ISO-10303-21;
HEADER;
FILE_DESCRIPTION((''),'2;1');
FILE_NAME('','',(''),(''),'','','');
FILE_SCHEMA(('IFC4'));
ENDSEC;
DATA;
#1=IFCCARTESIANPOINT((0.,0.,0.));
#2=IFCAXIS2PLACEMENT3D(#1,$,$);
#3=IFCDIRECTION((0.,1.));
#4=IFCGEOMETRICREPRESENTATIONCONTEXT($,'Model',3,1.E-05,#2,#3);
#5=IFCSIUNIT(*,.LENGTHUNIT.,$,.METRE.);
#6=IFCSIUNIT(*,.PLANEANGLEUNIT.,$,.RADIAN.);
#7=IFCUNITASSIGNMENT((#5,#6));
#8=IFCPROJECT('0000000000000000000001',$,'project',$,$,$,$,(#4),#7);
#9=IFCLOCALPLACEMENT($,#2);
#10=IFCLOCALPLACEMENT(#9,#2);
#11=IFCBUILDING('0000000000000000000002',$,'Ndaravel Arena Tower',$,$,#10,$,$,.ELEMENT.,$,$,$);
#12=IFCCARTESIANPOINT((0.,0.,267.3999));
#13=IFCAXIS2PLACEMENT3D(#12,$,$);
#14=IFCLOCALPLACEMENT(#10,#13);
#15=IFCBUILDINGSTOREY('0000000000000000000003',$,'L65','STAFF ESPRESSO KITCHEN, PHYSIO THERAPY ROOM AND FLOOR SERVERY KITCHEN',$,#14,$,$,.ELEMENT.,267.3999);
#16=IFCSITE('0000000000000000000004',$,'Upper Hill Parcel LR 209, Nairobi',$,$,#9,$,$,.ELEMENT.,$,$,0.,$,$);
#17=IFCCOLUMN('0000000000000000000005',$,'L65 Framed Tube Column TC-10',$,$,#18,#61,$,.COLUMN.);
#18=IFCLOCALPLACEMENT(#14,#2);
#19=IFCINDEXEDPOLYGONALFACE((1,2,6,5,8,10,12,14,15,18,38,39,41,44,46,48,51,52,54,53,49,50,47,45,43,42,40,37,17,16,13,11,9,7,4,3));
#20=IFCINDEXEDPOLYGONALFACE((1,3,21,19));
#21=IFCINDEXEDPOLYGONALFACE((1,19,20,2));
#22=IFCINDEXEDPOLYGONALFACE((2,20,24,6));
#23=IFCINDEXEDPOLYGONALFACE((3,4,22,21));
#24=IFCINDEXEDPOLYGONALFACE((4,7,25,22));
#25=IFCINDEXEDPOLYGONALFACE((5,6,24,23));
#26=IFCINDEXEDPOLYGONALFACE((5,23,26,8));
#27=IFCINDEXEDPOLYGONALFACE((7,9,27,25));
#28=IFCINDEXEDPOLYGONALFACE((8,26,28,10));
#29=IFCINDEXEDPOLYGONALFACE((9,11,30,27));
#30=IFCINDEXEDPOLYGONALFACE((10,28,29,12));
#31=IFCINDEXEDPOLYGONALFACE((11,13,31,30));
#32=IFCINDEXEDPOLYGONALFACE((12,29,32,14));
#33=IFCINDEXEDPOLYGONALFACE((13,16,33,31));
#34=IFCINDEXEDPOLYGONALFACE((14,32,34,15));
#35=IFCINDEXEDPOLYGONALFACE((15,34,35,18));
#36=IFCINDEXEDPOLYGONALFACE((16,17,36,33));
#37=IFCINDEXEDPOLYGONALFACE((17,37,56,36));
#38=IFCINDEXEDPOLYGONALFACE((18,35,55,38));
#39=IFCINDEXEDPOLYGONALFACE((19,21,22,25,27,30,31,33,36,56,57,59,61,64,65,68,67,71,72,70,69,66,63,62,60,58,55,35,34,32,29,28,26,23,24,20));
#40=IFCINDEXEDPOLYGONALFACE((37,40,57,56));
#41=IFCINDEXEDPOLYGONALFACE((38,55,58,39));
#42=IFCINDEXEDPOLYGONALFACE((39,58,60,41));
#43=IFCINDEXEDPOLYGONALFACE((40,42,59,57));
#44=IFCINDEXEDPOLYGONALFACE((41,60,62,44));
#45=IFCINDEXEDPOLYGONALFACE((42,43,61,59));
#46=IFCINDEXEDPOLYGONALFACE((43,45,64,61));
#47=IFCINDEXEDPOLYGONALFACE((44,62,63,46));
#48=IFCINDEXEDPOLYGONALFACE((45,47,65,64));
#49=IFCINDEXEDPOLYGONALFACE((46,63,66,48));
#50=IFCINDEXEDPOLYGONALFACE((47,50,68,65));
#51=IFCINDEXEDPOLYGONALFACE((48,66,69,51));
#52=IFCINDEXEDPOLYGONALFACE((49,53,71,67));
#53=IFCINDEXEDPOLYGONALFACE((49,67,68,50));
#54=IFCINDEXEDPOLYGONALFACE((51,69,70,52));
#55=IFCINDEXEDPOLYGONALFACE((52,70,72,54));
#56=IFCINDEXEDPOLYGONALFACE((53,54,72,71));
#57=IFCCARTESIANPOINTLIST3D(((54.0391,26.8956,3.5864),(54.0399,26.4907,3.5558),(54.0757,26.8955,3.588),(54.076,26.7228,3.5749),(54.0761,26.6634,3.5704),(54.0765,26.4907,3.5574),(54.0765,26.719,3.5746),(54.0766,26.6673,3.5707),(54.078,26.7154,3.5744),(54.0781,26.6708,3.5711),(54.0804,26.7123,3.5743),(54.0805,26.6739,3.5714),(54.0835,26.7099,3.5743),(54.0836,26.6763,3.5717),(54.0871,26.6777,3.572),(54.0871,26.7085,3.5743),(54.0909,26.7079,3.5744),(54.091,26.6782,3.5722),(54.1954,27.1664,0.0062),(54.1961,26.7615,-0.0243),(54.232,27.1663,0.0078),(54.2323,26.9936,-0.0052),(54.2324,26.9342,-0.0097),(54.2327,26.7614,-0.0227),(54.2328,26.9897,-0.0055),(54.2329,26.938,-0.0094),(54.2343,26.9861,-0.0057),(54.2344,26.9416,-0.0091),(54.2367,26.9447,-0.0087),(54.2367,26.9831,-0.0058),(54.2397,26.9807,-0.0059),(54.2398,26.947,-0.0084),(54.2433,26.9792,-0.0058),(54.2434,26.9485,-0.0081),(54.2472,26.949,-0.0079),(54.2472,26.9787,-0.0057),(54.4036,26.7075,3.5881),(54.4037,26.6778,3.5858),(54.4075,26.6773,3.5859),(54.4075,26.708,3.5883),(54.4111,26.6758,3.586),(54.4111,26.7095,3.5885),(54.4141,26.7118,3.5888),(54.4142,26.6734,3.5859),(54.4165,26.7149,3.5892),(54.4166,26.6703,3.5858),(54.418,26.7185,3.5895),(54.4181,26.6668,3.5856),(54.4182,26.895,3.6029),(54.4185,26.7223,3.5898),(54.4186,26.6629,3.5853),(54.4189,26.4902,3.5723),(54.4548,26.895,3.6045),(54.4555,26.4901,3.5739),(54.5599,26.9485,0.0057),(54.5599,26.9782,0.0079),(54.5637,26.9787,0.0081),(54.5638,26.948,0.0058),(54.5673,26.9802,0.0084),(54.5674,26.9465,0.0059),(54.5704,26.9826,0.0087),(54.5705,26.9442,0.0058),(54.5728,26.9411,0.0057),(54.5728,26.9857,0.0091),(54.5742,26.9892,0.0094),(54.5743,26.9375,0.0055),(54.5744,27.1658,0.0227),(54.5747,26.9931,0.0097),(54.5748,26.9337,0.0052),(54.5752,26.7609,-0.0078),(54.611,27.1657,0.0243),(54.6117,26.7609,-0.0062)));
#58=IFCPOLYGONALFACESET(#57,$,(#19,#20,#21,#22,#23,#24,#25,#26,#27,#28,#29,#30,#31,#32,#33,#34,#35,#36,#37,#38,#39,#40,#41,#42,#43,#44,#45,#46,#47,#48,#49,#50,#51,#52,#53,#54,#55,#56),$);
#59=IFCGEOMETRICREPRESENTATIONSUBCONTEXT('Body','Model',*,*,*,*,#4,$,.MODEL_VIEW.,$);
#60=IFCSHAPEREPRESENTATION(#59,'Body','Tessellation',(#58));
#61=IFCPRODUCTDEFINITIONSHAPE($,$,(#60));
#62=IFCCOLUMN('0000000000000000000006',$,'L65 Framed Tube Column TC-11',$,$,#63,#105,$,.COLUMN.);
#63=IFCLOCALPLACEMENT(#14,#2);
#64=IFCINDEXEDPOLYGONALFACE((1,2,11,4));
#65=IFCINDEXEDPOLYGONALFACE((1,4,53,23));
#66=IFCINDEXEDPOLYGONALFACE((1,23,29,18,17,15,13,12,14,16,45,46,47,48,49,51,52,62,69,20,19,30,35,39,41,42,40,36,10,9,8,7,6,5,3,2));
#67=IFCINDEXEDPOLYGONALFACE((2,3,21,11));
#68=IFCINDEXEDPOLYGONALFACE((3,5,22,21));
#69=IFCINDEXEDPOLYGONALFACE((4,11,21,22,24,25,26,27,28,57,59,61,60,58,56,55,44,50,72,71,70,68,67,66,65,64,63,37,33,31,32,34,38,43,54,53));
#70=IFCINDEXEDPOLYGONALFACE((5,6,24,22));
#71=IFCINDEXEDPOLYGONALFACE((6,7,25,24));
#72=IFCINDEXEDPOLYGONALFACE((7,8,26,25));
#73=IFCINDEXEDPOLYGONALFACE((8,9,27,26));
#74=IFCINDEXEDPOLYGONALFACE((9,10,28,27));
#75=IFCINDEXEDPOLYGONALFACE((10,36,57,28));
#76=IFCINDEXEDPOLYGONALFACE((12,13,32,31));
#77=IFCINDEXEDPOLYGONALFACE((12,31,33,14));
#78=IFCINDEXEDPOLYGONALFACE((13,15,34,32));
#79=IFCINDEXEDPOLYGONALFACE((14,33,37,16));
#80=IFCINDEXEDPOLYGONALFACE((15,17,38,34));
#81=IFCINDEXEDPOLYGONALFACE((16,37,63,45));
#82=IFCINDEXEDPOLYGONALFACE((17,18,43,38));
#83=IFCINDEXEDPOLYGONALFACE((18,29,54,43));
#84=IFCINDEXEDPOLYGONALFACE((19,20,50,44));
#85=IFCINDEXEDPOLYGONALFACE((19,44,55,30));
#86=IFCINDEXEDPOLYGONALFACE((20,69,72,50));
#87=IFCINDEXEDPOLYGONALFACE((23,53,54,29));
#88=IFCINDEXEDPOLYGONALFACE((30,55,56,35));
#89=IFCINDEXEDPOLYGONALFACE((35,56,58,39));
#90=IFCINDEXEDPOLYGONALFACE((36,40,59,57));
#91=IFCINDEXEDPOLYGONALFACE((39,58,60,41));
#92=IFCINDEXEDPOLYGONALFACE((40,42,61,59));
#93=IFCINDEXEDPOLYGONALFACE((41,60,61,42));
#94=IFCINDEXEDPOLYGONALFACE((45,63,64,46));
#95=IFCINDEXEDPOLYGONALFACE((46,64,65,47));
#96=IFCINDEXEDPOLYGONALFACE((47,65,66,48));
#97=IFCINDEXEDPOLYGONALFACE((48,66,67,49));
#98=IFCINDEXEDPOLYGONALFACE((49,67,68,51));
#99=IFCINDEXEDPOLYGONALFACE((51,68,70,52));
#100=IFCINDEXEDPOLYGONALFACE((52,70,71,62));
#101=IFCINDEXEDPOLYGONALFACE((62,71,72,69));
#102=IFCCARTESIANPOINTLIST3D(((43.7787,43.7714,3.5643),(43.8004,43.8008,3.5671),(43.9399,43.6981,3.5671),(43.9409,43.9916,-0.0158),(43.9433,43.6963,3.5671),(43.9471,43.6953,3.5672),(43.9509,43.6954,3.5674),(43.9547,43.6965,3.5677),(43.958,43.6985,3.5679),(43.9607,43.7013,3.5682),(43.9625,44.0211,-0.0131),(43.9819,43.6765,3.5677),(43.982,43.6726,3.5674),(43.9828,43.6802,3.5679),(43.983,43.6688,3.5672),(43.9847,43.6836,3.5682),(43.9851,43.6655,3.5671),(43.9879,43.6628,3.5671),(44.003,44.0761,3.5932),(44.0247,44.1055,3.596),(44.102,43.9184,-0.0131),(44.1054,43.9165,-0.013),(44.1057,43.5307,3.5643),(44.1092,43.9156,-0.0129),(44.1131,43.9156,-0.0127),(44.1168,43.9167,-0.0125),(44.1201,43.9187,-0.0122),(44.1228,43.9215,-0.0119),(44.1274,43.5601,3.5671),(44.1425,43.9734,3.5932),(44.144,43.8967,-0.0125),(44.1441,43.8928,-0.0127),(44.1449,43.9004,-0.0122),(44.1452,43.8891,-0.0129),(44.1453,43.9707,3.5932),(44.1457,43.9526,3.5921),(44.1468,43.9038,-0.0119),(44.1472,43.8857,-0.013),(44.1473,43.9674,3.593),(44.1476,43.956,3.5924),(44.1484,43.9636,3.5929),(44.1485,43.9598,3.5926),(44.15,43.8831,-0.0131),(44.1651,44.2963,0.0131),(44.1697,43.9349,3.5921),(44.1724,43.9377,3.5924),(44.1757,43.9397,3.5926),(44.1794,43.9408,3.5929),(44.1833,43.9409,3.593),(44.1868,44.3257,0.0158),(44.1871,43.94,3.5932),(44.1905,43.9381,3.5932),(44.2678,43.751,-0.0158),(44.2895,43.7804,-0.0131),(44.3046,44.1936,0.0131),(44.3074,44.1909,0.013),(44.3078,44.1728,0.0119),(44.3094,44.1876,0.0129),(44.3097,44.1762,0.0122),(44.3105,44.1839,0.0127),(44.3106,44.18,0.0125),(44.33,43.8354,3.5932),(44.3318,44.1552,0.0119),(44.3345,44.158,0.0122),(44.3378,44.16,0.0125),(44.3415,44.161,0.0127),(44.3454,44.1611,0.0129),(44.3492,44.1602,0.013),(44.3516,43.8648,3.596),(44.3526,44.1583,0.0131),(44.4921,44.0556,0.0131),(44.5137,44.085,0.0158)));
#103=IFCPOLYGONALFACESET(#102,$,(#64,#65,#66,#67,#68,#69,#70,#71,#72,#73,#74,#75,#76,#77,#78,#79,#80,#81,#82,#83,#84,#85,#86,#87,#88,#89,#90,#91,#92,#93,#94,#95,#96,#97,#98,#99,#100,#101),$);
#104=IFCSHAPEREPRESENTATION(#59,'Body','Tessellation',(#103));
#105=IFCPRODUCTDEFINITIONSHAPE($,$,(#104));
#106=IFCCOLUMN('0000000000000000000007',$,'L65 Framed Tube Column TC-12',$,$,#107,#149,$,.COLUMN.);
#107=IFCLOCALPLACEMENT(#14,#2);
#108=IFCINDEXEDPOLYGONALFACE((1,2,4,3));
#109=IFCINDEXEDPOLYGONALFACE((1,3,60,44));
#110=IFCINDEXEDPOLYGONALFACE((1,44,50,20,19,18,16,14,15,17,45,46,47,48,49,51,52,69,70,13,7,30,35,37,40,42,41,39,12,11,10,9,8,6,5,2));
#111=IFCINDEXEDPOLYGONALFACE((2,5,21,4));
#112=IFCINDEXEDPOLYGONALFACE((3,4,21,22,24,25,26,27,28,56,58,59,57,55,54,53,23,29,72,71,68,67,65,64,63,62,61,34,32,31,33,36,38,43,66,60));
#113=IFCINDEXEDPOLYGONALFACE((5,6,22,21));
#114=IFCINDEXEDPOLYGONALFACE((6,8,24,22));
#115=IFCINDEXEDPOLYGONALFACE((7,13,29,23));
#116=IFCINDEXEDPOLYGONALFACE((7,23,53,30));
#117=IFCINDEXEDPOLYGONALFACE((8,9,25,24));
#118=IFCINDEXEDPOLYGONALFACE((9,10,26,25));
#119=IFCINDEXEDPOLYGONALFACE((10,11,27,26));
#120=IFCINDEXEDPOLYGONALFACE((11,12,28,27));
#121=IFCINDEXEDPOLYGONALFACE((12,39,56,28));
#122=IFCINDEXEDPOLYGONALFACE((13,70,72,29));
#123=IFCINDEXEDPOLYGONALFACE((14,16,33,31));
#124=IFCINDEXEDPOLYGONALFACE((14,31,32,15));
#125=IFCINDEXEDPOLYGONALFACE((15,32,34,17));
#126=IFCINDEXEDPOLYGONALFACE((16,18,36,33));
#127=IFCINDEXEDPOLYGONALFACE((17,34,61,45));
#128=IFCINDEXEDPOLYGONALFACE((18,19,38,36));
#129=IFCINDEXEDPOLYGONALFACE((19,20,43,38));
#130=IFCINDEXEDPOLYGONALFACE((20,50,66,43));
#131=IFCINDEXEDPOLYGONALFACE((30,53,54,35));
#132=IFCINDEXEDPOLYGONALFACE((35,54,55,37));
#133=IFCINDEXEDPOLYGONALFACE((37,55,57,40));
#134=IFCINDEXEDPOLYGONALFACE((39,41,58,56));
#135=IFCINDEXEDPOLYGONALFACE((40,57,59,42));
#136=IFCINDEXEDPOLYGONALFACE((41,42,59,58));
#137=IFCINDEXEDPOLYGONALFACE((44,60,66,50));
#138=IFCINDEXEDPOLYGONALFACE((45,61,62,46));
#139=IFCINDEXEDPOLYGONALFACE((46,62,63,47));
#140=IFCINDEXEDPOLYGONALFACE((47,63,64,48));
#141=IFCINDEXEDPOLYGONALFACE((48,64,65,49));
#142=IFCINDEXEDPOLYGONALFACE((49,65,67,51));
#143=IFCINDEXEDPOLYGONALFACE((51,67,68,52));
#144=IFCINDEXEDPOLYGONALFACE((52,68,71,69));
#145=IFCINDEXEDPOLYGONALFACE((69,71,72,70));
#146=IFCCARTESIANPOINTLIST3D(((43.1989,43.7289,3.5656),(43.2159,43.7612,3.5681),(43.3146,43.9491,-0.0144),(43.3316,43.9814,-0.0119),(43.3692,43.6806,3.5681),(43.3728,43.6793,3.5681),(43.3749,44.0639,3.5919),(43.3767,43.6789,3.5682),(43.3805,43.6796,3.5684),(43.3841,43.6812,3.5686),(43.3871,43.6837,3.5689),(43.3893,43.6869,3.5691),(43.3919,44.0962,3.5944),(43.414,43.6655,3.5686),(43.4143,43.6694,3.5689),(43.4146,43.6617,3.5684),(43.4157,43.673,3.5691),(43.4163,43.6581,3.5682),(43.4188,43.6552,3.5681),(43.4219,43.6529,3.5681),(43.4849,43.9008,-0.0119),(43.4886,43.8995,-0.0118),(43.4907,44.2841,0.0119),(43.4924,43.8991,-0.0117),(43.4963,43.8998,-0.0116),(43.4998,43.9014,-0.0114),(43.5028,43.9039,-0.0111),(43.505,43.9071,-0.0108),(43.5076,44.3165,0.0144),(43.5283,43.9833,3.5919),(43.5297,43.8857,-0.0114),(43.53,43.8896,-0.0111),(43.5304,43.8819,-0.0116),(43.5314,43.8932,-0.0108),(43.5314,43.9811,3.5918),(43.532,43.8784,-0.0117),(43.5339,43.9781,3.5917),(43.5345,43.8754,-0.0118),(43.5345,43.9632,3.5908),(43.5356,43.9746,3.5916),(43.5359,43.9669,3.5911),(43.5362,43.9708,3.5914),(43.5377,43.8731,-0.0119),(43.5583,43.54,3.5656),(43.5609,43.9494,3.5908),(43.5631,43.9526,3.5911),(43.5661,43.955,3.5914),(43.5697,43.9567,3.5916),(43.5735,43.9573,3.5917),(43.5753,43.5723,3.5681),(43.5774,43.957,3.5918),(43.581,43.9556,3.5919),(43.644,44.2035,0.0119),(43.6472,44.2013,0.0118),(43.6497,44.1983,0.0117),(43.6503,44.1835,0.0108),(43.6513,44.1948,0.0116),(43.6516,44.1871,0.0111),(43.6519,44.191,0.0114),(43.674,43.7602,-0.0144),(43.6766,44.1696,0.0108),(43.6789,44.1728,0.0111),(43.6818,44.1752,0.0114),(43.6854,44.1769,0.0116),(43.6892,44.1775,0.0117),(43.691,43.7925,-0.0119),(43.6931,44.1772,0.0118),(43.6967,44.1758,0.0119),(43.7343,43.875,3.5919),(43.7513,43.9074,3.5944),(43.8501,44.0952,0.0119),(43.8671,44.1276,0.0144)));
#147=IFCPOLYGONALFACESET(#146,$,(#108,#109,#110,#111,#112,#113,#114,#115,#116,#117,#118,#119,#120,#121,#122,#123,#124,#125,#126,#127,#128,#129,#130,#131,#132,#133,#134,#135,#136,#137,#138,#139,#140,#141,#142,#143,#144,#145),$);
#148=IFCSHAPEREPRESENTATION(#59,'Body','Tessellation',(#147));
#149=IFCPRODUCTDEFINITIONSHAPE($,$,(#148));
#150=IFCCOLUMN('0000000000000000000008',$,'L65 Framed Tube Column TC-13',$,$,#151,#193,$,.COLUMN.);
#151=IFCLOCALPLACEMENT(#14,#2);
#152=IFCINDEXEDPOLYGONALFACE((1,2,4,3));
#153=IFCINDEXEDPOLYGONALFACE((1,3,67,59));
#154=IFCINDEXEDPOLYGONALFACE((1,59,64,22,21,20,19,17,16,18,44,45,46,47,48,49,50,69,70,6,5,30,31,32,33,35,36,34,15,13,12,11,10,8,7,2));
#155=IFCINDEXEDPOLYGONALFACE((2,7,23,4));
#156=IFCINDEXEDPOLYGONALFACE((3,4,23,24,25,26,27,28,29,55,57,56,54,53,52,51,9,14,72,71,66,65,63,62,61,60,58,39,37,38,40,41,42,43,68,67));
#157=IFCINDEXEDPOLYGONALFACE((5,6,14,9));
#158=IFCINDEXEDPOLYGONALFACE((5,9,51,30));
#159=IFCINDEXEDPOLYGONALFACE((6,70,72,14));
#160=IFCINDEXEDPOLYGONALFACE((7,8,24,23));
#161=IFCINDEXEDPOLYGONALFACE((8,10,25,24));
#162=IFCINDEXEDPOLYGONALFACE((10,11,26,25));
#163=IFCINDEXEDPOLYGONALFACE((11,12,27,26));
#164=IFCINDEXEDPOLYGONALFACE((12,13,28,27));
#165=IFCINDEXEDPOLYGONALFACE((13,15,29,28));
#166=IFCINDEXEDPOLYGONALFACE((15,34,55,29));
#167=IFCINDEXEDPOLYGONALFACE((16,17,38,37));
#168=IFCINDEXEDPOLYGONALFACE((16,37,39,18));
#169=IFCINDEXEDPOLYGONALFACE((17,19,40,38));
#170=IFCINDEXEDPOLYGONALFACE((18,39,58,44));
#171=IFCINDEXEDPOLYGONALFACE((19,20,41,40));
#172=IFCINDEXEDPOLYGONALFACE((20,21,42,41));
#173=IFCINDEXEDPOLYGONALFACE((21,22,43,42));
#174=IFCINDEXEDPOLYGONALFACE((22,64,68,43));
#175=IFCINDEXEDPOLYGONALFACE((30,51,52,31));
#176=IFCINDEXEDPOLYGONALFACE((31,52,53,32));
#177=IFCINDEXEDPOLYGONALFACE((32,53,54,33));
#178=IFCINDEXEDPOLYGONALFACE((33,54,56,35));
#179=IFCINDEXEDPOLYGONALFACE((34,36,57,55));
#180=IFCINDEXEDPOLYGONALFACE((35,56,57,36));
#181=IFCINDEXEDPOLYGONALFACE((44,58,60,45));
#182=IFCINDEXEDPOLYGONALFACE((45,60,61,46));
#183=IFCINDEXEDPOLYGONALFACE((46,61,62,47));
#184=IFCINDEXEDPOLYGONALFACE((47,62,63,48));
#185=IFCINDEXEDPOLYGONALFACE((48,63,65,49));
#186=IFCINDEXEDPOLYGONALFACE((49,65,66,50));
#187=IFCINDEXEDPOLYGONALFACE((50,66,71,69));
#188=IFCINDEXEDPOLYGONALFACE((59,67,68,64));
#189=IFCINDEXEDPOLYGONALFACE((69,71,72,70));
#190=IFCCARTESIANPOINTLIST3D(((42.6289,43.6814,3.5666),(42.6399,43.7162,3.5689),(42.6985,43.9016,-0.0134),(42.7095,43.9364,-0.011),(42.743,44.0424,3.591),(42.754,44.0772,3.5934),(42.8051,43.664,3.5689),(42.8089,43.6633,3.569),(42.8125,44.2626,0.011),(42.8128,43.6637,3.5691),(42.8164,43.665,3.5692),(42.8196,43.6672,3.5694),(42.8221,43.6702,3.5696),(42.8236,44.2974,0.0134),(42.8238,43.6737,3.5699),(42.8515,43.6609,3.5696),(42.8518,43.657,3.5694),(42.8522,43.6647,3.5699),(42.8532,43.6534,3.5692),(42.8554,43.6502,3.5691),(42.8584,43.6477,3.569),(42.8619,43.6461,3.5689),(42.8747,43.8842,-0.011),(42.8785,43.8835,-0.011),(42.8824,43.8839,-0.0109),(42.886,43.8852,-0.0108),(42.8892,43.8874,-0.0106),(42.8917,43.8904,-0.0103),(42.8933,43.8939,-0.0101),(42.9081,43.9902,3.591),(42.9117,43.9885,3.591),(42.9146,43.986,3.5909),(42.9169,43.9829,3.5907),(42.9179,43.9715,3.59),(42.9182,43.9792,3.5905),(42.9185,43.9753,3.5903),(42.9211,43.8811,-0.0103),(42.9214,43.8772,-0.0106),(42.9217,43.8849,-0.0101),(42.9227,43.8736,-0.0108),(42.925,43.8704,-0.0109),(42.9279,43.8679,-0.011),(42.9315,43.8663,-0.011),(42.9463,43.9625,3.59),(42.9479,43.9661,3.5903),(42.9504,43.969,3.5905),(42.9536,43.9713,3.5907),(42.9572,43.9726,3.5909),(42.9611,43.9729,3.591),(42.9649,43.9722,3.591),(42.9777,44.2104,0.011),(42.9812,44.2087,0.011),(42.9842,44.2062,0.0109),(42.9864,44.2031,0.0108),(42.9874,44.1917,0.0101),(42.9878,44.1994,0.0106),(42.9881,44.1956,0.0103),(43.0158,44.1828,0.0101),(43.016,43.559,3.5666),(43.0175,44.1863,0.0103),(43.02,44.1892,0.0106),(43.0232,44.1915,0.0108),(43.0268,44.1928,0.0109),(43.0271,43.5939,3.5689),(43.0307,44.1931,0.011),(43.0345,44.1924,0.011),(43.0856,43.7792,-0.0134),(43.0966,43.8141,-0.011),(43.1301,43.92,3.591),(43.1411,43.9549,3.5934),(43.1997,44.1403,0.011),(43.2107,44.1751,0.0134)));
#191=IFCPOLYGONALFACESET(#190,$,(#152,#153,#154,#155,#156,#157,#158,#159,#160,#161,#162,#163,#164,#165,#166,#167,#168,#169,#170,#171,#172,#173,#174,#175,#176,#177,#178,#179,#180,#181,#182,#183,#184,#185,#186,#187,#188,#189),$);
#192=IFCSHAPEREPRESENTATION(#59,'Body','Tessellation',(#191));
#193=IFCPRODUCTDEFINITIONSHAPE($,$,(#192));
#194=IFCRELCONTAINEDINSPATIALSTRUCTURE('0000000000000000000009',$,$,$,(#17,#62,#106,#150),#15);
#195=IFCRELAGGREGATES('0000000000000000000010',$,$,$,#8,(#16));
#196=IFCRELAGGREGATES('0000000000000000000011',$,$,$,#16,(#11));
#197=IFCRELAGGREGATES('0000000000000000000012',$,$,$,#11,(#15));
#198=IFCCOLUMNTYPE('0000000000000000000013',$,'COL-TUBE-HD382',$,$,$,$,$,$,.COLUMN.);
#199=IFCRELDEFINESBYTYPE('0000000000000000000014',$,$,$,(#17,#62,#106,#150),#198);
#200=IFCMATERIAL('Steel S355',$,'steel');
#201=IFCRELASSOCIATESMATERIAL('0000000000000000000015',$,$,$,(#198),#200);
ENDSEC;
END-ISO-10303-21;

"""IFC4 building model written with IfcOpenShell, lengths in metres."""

from ifc_helpers import new_model, si_unit, direction, frame, origin, origin_2d, place, context, subcontext, project, spatial, i_section, extrude, material, material_profile, profile_set, type_object, element, save


model = new_model("IFC4")

# Units and contexts
model_context = context("Model", 3, precision=1e-05, world=origin(), true_north=direction((0.0, 1.0)))
body_context = subcontext(model_context, "Body", "Model", "MODEL_VIEW")
ifc_project = project(units=[si_unit("LENGTHUNIT", "METRE"), si_unit("PLANEANGLEUNIT", "RADIAN")], contexts=[model_context])

# Site, building, storey
site_placement = place(None, origin())
site = spatial("IfcSite", under=ifc_project, at=site_placement, Name="Upper Hill Parcel LR 209, Nairobi", CompositionType="ELEMENT", RefElevation=0.0)
building_placement = place(site_placement, origin())
building = spatial("IfcBuilding", under=site, at=building_placement, Name="Ndaravel Arena Tower", CompositionType="ELEMENT")
storey_placement = place(building_placement, frame((0.0, 0.0, 267.3999)))
storey = spatial("IfcBuildingStorey", under=building, at=storey_placement, Name="L65", Description="STAFF ESPRESSO KITCHEN, PHYSIO THERAPY ROOM AND FLOOR SERVERY KITCHEN", CompositionType="ELEMENT", Elevation=267.3999)

# Columns
ifc_material_1 = material(Name="Steel S355", Category="steel")
ifc_material_profile_1 = material_profile(ifc_material_1, i_section(OverallWidth=0.406, OverallDepth=0.416, WebThickness=0.0298, FlangeThickness=0.0366, FilletRadius=0.0149, at=origin_2d()), Name="HD 400x382")
ifc_profile_set_1 = profile_set([ifc_material_profile_1], Name="Steel S355")
column_type = type_object("IfcColumnType", Name="COL-TUBE-HD382", PredefinedType="COLUMN", material=ifc_profile_set_1)
column_1_placement = place(storey_placement, frame((54.4036, 26.9636, 0.0), z_axis=(-0.043479, -0.075341, 0.996209), x_axis=(-0.001831, 0.997157, 0.075332)))
element("IfcColumn", 1, at=column_1_placement, inside=storey, type_object=column_type, Name="L65 Framed Tube Column TC-10", PredefinedType="COLUMN", context=body_context, shape_type="SweptSolid", body=[
    extrude(i_section(OverallWidth=0.406, OverallDepth=0.416, WebThickness=0.0298, FlangeThickness=0.0366, FilletRadius=0.0149, at=origin_2d()), origin(), (0.0, 0.0, 1.0), 3.5938),
])
column_2_placement = place(storey_placement, frame((44.2273, 44.0383, 0.0), z_axis=(-0.045149, -0.061333, 0.997096), x_axis=(0.805325, -0.592834, 0.0)))
element("IfcColumn", 2, at=column_2_placement, inside=storey, type_object=column_type, Name="L65 Framed Tube Column TC-11", PredefinedType="COLUMN", context=body_context, shape_type="SweptSolid", body=[
    extrude(i_section(OverallWidth=0.406, OverallDepth=0.416, WebThickness=0.0298, FlangeThickness=0.0366, FilletRadius=0.0149, at=origin_2d()), origin(), (0.0, 0.0, 1.0), 3.5906),
])
column_3_placement = place(storey_placement, frame((43.5908, 44.0383, 0.0), z_axis=(-0.032246, -0.061363, 0.997594), x_axis=(0.885216, -0.46518, 0.0)))
element("IfcColumn", 3, at=column_3_placement, inside=storey, type_object=column_type, Name="L65 Framed Tube Column TC-12", PredefinedType="COLUMN", context=body_context, shape_type="SweptSolid", body=[
    extrude(i_section(OverallWidth=0.406, OverallDepth=0.416, WebThickness=0.0298, FlangeThickness=0.0366, FilletRadius=0.0149, at=origin_2d()), origin(), (0.0, 0.0, 1.0), 3.5886),
])
column_4_placement = place(storey_placement, frame((42.9546, 44.0383, 0.0), z_axis=(-0.019395, -0.061384, 0.997926), x_axis=(0.953535, -0.301283, 0.0)))
element("IfcColumn", 4, at=column_4_placement, inside=storey, type_object=column_type, Name="L65 Framed Tube Column TC-13", PredefinedType="COLUMN", context=body_context, shape_type="SweptSolid", body=[
    extrude(i_section(OverallWidth=0.406, OverallDepth=0.416, WebThickness=0.0298, FlangeThickness=0.0366, FilletRadius=0.0149, at=origin_2d()), origin(), (0.0, 0.0, 1.0), 3.5874),
])

save(model, "model.ifc")
